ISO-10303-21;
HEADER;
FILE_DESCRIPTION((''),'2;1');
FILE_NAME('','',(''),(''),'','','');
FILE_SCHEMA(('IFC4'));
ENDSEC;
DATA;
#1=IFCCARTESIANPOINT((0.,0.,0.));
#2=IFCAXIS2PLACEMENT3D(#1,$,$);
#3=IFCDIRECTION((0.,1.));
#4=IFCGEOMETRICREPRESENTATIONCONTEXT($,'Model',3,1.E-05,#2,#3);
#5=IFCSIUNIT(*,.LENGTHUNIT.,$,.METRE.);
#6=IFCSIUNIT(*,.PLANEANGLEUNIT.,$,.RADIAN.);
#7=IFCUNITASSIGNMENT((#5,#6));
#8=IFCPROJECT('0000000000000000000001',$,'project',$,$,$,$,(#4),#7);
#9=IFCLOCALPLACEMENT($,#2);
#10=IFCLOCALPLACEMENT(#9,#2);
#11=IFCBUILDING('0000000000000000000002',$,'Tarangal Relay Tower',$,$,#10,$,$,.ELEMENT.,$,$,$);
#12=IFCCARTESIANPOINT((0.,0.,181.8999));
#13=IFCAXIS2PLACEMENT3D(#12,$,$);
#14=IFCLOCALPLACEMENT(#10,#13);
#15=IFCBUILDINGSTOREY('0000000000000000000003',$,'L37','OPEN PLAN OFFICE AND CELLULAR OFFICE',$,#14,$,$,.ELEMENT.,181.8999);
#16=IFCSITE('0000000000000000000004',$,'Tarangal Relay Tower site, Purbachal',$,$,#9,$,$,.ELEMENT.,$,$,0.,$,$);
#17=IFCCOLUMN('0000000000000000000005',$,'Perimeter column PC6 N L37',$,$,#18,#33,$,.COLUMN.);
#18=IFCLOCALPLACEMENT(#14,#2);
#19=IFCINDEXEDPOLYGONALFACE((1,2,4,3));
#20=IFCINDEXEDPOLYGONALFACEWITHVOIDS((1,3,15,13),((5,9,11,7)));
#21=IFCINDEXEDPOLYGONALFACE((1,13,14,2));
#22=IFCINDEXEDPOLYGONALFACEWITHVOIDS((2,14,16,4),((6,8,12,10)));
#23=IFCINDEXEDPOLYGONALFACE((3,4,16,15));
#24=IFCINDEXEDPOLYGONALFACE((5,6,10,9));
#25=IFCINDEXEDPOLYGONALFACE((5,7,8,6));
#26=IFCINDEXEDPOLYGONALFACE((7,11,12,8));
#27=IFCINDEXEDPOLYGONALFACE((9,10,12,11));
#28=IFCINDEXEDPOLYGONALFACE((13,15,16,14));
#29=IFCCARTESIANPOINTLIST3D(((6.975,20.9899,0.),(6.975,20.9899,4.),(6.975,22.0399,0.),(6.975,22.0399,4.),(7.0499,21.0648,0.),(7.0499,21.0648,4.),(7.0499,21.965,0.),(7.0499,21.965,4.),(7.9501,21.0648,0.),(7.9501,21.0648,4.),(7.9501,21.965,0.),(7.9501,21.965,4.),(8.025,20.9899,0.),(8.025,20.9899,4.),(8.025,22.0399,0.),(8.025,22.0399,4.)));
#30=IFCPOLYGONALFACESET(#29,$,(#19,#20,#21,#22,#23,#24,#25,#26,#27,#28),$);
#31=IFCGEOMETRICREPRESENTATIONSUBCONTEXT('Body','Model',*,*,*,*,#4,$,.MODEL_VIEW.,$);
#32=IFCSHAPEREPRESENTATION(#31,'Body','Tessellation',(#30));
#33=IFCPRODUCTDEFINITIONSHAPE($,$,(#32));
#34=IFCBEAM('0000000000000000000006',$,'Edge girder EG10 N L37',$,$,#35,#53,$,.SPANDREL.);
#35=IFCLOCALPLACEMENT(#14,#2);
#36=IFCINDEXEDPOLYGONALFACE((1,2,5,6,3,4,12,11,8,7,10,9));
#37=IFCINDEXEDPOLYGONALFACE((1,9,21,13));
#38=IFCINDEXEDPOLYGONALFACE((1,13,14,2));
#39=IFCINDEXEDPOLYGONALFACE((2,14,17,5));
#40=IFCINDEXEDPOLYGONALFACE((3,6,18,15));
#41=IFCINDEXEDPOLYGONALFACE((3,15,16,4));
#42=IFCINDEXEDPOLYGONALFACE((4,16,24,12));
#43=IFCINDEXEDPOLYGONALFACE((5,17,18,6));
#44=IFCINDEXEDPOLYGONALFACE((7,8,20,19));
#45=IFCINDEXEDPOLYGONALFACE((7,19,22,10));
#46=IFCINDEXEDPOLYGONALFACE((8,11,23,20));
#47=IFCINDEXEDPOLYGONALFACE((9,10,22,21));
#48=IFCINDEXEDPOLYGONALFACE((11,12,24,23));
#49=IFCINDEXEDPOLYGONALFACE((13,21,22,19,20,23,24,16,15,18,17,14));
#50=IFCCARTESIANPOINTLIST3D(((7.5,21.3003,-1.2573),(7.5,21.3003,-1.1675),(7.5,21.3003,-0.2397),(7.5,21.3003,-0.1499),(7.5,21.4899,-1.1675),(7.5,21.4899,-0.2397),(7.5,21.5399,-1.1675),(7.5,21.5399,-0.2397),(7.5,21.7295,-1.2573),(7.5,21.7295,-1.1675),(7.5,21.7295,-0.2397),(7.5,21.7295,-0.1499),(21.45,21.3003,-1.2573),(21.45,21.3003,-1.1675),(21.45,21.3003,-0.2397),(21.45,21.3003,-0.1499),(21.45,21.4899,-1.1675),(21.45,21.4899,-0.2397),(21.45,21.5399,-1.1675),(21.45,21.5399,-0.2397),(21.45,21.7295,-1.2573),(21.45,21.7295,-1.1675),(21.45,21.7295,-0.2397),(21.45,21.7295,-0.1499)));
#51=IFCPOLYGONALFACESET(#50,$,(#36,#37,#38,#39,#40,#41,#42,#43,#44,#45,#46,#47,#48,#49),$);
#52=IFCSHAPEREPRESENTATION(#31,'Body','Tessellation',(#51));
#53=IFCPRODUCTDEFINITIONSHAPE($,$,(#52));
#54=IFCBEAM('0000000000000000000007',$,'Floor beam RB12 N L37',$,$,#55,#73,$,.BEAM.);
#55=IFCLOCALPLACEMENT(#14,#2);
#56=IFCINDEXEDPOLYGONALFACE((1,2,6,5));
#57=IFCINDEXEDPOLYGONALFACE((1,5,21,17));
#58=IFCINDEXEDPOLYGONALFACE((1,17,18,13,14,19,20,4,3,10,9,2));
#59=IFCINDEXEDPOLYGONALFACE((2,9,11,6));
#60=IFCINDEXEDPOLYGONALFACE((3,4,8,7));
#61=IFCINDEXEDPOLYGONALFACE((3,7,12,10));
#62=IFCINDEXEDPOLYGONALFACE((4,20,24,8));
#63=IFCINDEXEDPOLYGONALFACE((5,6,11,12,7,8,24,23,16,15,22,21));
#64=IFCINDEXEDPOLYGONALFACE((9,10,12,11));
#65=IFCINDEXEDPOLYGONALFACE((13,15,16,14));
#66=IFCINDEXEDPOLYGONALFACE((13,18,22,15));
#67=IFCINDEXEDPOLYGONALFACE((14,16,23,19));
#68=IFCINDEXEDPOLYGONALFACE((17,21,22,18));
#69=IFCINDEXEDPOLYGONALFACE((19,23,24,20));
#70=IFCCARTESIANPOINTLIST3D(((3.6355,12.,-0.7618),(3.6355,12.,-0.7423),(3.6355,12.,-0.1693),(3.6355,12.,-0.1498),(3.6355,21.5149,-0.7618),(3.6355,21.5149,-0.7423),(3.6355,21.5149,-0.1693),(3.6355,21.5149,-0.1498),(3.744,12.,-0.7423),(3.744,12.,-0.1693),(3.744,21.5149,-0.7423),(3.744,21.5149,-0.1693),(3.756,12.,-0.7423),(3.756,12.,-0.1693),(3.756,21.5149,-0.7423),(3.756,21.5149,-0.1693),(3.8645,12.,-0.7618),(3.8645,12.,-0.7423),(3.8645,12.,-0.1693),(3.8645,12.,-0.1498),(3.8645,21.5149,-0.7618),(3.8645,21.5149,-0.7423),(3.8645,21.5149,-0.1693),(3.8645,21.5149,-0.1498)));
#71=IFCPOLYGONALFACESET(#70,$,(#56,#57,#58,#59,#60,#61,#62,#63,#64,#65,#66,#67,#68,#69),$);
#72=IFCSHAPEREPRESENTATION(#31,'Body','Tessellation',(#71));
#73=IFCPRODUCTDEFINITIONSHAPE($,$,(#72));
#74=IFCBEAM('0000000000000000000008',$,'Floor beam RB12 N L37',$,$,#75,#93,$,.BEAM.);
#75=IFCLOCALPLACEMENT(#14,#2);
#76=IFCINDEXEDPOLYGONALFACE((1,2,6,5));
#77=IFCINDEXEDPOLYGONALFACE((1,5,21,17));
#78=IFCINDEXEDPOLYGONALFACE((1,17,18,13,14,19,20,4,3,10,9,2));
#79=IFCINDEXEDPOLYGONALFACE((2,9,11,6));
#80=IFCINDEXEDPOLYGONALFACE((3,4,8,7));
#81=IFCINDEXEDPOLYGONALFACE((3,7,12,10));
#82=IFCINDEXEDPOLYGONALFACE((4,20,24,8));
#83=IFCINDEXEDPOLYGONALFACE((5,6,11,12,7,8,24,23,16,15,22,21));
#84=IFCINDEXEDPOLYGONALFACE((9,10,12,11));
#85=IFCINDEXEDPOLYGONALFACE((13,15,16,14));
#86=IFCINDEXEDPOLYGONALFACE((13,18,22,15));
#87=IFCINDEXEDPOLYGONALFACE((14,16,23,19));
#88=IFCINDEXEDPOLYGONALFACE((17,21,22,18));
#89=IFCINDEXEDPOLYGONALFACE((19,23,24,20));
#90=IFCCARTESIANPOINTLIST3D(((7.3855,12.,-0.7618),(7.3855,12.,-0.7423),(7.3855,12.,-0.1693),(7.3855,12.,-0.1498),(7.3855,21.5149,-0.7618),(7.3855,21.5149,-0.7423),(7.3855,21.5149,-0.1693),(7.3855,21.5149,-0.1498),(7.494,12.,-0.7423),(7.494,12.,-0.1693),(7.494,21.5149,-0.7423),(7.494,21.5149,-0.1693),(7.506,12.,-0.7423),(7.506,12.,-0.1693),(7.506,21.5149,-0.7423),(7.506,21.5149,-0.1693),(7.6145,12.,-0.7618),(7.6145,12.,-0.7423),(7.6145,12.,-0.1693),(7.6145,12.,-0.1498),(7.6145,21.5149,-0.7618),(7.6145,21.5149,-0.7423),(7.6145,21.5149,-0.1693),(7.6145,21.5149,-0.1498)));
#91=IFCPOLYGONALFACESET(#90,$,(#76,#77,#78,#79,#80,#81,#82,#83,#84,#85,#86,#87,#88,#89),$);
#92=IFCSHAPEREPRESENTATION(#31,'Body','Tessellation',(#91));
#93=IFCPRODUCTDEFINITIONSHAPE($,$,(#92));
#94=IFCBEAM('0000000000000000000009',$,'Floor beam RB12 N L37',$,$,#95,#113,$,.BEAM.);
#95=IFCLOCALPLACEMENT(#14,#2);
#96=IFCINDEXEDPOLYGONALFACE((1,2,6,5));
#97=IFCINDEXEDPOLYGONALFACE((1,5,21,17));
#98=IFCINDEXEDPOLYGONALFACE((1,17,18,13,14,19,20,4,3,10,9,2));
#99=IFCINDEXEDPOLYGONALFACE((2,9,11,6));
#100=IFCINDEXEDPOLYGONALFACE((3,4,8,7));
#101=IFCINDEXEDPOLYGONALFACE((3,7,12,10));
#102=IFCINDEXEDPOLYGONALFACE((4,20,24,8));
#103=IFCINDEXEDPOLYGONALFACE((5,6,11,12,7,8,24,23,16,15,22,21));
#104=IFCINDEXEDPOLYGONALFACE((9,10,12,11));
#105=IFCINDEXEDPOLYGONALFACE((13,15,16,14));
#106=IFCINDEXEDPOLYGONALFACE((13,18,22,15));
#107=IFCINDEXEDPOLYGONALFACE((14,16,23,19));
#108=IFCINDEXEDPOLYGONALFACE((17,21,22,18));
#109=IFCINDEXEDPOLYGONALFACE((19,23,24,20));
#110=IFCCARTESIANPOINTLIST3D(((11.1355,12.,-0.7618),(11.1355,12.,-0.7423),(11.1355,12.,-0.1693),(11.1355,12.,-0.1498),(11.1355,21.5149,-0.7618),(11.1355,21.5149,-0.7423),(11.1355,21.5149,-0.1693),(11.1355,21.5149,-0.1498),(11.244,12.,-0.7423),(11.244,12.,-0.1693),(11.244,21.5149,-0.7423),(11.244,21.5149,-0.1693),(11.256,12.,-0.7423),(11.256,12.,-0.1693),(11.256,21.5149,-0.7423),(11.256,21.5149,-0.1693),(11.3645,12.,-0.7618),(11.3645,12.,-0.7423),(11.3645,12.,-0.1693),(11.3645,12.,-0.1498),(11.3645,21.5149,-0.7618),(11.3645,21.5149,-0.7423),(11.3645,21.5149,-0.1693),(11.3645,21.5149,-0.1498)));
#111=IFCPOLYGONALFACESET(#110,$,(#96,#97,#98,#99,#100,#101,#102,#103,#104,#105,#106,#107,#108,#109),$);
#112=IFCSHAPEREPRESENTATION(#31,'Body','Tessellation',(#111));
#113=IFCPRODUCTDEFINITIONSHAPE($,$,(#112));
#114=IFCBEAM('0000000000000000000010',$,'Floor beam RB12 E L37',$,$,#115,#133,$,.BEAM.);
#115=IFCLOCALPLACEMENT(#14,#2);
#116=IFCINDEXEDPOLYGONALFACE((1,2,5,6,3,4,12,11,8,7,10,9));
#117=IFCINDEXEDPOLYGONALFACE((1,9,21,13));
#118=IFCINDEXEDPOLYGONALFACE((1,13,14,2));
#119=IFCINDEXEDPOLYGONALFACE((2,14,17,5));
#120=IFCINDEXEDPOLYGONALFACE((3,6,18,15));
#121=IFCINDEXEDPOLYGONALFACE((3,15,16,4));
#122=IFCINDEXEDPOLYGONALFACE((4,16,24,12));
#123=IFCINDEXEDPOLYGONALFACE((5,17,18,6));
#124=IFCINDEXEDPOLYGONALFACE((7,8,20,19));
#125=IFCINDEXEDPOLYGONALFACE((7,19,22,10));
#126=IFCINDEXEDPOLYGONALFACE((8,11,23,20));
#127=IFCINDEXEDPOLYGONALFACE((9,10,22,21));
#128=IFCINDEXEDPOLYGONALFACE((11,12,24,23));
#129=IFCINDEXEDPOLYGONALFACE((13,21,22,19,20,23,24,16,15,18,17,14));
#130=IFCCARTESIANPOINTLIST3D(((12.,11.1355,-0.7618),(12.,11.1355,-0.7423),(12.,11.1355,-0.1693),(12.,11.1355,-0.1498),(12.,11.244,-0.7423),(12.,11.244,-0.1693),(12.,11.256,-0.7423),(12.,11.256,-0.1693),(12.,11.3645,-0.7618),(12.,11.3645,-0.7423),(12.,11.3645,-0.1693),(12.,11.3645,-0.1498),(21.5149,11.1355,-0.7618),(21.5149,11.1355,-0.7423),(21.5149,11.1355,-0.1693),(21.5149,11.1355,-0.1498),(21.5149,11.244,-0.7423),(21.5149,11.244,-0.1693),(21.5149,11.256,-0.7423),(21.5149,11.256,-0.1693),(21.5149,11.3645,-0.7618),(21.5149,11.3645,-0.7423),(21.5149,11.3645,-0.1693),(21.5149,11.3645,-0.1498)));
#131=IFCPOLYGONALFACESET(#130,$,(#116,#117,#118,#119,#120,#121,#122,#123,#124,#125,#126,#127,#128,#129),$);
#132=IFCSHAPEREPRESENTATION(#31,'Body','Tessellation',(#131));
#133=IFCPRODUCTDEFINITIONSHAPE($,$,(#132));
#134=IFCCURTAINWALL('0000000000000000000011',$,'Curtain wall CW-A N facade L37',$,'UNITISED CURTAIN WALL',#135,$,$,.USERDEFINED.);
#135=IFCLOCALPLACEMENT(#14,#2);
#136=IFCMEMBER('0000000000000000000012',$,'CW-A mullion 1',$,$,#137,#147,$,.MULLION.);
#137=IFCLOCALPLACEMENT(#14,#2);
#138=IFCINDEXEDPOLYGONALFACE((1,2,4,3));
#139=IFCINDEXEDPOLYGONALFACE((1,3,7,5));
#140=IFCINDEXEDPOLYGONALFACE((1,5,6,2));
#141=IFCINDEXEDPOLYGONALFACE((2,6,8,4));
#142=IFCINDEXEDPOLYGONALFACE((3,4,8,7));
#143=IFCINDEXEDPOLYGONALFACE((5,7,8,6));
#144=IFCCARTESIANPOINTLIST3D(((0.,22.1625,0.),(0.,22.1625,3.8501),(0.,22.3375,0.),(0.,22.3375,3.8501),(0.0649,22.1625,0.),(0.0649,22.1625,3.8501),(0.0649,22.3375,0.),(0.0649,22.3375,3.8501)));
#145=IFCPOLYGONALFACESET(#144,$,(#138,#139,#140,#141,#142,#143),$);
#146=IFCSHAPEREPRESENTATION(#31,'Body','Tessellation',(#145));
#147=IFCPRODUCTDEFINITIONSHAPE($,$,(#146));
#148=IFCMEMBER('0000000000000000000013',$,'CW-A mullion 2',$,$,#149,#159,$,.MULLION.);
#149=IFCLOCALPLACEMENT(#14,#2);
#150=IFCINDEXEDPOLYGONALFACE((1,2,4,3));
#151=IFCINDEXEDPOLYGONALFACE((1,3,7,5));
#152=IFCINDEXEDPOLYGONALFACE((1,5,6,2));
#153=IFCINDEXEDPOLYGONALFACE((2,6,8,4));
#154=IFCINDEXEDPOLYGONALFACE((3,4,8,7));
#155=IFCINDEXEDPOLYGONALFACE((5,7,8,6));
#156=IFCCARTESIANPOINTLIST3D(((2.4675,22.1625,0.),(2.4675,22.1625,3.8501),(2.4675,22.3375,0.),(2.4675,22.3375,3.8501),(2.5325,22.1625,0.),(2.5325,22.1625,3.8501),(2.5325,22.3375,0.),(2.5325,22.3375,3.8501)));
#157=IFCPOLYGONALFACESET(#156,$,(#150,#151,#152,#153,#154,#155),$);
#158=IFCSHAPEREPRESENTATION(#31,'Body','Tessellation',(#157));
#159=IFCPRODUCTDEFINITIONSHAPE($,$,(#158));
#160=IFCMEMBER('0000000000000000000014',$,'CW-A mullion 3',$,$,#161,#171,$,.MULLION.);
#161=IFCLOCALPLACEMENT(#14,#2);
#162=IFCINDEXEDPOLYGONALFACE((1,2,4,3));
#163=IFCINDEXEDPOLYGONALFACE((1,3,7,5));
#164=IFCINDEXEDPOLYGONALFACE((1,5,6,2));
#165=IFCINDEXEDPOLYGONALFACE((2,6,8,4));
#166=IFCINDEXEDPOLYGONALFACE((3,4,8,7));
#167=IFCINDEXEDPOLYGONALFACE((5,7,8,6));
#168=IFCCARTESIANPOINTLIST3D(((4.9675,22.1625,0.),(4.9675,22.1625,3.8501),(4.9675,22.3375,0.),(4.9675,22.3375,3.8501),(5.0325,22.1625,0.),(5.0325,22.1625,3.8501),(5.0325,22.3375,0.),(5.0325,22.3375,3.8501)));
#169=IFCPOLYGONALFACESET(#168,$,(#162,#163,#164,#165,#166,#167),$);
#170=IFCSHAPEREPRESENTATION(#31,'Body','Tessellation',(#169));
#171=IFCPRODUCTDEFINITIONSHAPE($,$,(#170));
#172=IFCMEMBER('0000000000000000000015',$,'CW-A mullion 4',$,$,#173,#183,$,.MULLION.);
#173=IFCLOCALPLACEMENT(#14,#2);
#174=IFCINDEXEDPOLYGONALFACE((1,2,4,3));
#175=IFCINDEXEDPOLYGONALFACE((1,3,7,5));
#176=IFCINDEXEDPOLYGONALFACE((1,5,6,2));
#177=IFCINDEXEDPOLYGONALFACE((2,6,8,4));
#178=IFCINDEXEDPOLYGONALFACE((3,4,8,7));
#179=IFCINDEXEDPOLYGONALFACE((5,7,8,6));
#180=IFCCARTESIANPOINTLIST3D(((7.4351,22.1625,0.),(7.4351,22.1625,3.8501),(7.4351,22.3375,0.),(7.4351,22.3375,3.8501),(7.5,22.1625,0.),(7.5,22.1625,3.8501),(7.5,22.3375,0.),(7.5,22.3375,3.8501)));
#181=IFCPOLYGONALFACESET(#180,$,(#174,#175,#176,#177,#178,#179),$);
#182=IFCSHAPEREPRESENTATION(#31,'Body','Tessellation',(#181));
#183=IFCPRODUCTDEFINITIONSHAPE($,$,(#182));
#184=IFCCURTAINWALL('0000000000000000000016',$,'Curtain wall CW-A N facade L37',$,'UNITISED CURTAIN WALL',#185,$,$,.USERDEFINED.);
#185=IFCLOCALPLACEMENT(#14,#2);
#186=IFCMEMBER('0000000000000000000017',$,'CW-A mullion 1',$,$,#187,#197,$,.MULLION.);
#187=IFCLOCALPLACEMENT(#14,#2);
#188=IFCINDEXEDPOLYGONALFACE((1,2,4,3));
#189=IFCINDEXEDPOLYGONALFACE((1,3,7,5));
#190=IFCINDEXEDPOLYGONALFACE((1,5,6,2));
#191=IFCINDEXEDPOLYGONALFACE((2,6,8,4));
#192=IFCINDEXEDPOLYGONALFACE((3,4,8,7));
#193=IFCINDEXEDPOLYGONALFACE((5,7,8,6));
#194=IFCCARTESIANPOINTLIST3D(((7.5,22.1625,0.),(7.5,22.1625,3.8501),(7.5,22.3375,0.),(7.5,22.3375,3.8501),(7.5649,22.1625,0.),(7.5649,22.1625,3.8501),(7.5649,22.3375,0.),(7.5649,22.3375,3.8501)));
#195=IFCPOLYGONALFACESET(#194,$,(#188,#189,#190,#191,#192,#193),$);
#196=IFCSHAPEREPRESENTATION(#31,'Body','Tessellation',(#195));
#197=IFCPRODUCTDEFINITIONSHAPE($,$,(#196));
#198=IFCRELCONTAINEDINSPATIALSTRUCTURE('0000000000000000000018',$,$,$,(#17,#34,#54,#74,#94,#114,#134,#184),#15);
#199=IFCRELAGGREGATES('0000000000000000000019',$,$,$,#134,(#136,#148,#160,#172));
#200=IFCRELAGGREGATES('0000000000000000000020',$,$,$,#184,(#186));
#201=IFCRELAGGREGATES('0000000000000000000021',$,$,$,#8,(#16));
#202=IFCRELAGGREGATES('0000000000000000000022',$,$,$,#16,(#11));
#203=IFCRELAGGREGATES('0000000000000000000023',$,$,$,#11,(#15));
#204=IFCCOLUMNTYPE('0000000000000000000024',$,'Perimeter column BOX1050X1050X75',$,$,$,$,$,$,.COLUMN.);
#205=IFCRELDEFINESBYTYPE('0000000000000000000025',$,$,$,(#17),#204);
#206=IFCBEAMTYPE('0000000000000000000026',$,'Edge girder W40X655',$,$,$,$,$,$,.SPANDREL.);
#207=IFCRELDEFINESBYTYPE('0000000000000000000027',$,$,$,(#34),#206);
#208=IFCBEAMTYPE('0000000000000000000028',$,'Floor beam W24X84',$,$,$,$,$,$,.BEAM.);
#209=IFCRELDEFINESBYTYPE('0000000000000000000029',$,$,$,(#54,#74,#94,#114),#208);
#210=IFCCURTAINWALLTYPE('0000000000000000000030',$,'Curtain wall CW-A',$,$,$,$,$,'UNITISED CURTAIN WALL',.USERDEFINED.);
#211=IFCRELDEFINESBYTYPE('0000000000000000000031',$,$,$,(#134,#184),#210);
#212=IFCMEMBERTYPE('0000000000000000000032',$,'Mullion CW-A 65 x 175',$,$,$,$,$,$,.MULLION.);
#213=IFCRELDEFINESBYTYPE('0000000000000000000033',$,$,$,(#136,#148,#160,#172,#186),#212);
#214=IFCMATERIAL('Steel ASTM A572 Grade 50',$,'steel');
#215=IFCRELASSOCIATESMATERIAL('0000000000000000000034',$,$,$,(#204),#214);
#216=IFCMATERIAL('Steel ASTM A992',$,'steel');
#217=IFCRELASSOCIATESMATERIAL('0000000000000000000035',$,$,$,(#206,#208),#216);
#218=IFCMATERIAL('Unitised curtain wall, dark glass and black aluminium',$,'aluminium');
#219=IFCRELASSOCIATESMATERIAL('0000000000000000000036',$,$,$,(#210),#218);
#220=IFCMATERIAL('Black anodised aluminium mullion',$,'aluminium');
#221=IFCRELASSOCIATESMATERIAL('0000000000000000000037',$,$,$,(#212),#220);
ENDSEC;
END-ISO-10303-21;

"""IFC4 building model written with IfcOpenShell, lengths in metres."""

from ifc_helpers import new_model, si_unit, direction, frame, origin, origin_2d, place, context, subcontext, project, spatial, rectangle, hollow_rectangle, i_section, extrude, material, material_profile, profile_set, type_object, element, aggregate, save


model = new_model("IFC4")

# Units and contexts
model_context = context("Model", 3, precision=1e-05, world=origin(), true_north=direction((0.0, 1.0)))
body_context = subcontext(model_context, "Body", "Model", "MODEL_VIEW")
ifc_project = project(units=[si_unit("LENGTHUNIT", "METRE"), si_unit("PLANEANGLEUNIT", "RADIAN")], contexts=[model_context])

# Site, building, storey
site_placement = place(None, origin())
site = spatial("IfcSite", under=ifc_project, at=site_placement, Name="Tarangal Relay Tower site, Purbachal", CompositionType="ELEMENT", RefElevation=0.0)
building_placement = place(site_placement, origin())
building = spatial("IfcBuilding", under=site, at=building_placement, Name="Tarangal Relay Tower", CompositionType="ELEMENT")
storey_placement = place(building_placement, frame((0.0, 0.0, 181.8999)))
storey = spatial("IfcBuildingStorey", under=building, at=storey_placement, Name="L37", Description="OPEN PLAN OFFICE AND CELLULAR OFFICE", CompositionType="ELEMENT", Elevation=181.8999)

# Column
ifc_material_1 = material(Name="Steel ASTM A572 Grade 50", Category="steel")
ifc_material_profile_1 = material_profile(ifc_material_1, hollow_rectangle(XDim=1.05, YDim=1.05, WallThickness=0.075, at=origin_2d()), Name="BOX1050X1050X75")
ifc_profile_set_1 = profile_set([ifc_material_profile_1], Name="Steel ASTM A572 Grade 50")
column_type = type_object("IfcColumnType", Name="Perimeter column BOX1050X1050X75", PredefinedType="COLUMN", material=ifc_profile_set_1)
column_placement = place(storey_placement, frame((7.5, 21.5149, 0.0), z_axis=(0.0, 0.0, 1.0), x_axis=(1.0, 0.0, 0.0)))
element("IfcColumn", 1, at=column_placement, inside=storey, type_object=column_type, Name="Perimeter column PC6 N L37", PredefinedType="COLUMN", context=body_context, shape_type="SweptSolid", body=[
    extrude(hollow_rectangle(XDim=1.05, YDim=1.05, WallThickness=0.075, at=origin_2d()), origin(), (0.0, 0.0, 1.0), 4.0),
])

# Beams
ifc_material_2 = material(Name="Steel ASTM A992", Category="steel")
ifc_material_profile_2 = material_profile(ifc_material_2, i_section(OverallWidth=0.4292, OverallDepth=1.1074, WebThickness=0.05, FlangeThickness=0.0898, at=origin_2d()), Name="W40X655")
ifc_profile_set_2 = profile_set([ifc_material_profile_2], Name="Steel ASTM A992")
beam_type_1 = type_object("IfcBeamType", Name="Edge girder W40X655", PredefinedType="SPANDREL", material=ifc_profile_set_2)
beam_placement = place(storey_placement, frame((7.5, 21.5149, -0.7036), z_axis=(1.0, 0.0, 0.0), x_axis=(0.0, 1.0, 0.0)))
element("IfcBeam", 2, at=beam_placement, inside=storey, type_object=beam_type_1, Name="Edge girder EG10 N L37", PredefinedType="SPANDREL", context=body_context, shape_type="SweptSolid", body=[
    extrude(i_section(OverallWidth=0.4292, OverallDepth=1.1074, WebThickness=0.05, FlangeThickness=0.0898, at=origin_2d()), origin(), (0.0, 0.0, 1.0), 13.95),
])
ifc_material_profile_3 = material_profile(ifc_material_2, i_section(OverallWidth=0.229, OverallDepth=0.6121, WebThickness=0.012, FlangeThickness=0.0195, at=origin_2d()), Name="W24X84")
ifc_profile_set_3 = profile_set([ifc_material_profile_3], Name="Steel ASTM A992")
beam_type_2 = type_object("IfcBeamType", Name="Floor beam W24X84", PredefinedType="BEAM", material=ifc_profile_set_3)
for number, where, z_axis, x_axis, name in (
    (3, (3.75, 12.0, -0.4558), (0.0, 1.0, 0.0), (-1.0, 0.0, 0.0), "Floor beam RB12 N L37"),
    (4, (7.5, 12.0, -0.4558), (0.0, 1.0, 0.0), (-1.0, 0.0, 0.0), "Floor beam RB12 N L37"),
    (5, (11.25, 12.0, -0.4558), (0.0, 1.0, 0.0), (-1.0, 0.0, 0.0), "Floor beam RB12 N L37"),
    (6, (12.0, 11.25, -0.4558), (1.0, 0.0, 0.0), (0.0, 1.0, 0.0), "Floor beam RB12 E L37"),
):
    element("IfcBeam", number, at=place(storey_placement, frame(where, z_axis=z_axis, x_axis=x_axis)), inside=storey, type_object=beam_type_2, Name=name, PredefinedType="BEAM", context=body_context, shape_type="SweptSolid", body=[
        extrude(i_section(OverallWidth=0.229, OverallDepth=0.6121, WebThickness=0.012, FlangeThickness=0.0195, at=origin_2d()), origin(), (0.0, 0.0, 1.0), 9.5149),
    ])

# Curtain walls, members
ifc_material_3 = material(Name="Unitised curtain wall, dark glass and black aluminium", Category="aluminium")
curtain_wall_type = type_object("IfcCurtainWallType", Name="Curtain wall CW-A", ElementType="UNITISED CURTAIN WALL", PredefinedType="USERDEFINED", material=ifc_material_3)
curtain_wall_1_placement = place(storey_placement, origin())
curtain_wall_1 = element("IfcCurtainWall", 7, at=curtain_wall_1_placement, inside=storey, type_object=curtain_wall_type, Name="Curtain wall CW-A N facade L37", ObjectType="UNITISED CURTAIN WALL", PredefinedType="USERDEFINED")
ifc_material_4 = material(Name="Black anodised aluminium mullion", Category="aluminium")
ifc_material_profile_4 = material_profile(ifc_material_4, rectangle(XDim=0.175, YDim=0.0649, at=origin_2d()), Name="CW-AM 65X175")
ifc_profile_set_4 = profile_set([ifc_material_profile_4], Name="Black anodised aluminium mullion")
member_type_1 = type_object("IfcMemberType", Name="Mullion CW-A 65 x 175", PredefinedType="MULLION", material=ifc_profile_set_4)
member_1_placement = place(storey_placement, frame((0.0325, 22.25, 0.0), z_axis=(0.0, 0.0, 1.0), x_axis=(0.0, 1.0, 0.0)))
member_1 = element("IfcMember", 8, at=member_1_placement, type_object=member_type_1, Name="CW-A mullion 1", PredefinedType="MULLION", context=body_context, shape_type="SweptSolid", body=[
    extrude(rectangle(XDim=0.175, YDim=0.0649, at=origin_2d()), origin(), (0.0, 0.0, 1.0), 3.8501),
])
member_2_placement = place(storey_placement, frame((2.5, 22.25, 0.0), z_axis=(0.0, 0.0, 1.0), x_axis=(0.0, 1.0, 0.0)))
member_2 = element("IfcMember", 9, at=member_2_placement, type_object=member_type_1, Name="CW-A mullion 2", PredefinedType="MULLION", context=body_context, shape_type="SweptSolid", body=[
    extrude(rectangle(XDim=0.175, YDim=0.0649, at=origin_2d()), origin(), (0.0, 0.0, 1.0), 3.8501),
])
member_3_placement = place(storey_placement, frame((5.0, 22.25, 0.0), z_axis=(0.0, 0.0, 1.0), x_axis=(0.0, 1.0, 0.0)))
member_3 = element("IfcMember", 10, at=member_3_placement, type_object=member_type_1, Name="CW-A mullion 3", PredefinedType="MULLION", context=body_context, shape_type="SweptSolid", body=[
    extrude(rectangle(XDim=0.175, YDim=0.0649, at=origin_2d()), origin(), (0.0, 0.0, 1.0), 3.8501),
])
member_4_placement = place(storey_placement, frame((7.4675, 22.25, 0.0), z_axis=(0.0, 0.0, 1.0), x_axis=(0.0, 1.0, 0.0)))
member_4 = element("IfcMember", 11, at=member_4_placement, type_object=member_type_1, Name="CW-A mullion 4", PredefinedType="MULLION", context=body_context, shape_type="SweptSolid", body=[
    extrude(rectangle(XDim=0.175, YDim=0.0649, at=origin_2d()), origin(), (0.0, 0.0, 1.0), 3.8501),
])
curtain_wall_2_placement = place(storey_placement, origin())
curtain_wall_2 = element("IfcCurtainWall", 12, at=curtain_wall_2_placement, inside=storey, type_object=curtain_wall_type, Name="Curtain wall CW-A N facade L37", ObjectType="UNITISED CURTAIN WALL", PredefinedType="USERDEFINED")
member_5_placement = place(storey_placement, frame((7.5325, 22.25, 0.0), z_axis=(0.0, 0.0, 1.0), x_axis=(0.0, 1.0, 0.0)))
member_5 = element("IfcMember", 13, at=member_5_placement, type_object=member_type_1, Name="CW-A mullion 1", PredefinedType="MULLION", context=body_context, shape_type="SweptSolid", body=[
    extrude(rectangle(XDim=0.175, YDim=0.0649, at=origin_2d()), origin(), (0.0, 0.0, 1.0), 3.8501),
])

aggregate(curtain_wall_1, [member_1, member_2, member_3, member_4])
aggregate(curtain_wall_2, [member_5])

save(model, "model.ifc")
